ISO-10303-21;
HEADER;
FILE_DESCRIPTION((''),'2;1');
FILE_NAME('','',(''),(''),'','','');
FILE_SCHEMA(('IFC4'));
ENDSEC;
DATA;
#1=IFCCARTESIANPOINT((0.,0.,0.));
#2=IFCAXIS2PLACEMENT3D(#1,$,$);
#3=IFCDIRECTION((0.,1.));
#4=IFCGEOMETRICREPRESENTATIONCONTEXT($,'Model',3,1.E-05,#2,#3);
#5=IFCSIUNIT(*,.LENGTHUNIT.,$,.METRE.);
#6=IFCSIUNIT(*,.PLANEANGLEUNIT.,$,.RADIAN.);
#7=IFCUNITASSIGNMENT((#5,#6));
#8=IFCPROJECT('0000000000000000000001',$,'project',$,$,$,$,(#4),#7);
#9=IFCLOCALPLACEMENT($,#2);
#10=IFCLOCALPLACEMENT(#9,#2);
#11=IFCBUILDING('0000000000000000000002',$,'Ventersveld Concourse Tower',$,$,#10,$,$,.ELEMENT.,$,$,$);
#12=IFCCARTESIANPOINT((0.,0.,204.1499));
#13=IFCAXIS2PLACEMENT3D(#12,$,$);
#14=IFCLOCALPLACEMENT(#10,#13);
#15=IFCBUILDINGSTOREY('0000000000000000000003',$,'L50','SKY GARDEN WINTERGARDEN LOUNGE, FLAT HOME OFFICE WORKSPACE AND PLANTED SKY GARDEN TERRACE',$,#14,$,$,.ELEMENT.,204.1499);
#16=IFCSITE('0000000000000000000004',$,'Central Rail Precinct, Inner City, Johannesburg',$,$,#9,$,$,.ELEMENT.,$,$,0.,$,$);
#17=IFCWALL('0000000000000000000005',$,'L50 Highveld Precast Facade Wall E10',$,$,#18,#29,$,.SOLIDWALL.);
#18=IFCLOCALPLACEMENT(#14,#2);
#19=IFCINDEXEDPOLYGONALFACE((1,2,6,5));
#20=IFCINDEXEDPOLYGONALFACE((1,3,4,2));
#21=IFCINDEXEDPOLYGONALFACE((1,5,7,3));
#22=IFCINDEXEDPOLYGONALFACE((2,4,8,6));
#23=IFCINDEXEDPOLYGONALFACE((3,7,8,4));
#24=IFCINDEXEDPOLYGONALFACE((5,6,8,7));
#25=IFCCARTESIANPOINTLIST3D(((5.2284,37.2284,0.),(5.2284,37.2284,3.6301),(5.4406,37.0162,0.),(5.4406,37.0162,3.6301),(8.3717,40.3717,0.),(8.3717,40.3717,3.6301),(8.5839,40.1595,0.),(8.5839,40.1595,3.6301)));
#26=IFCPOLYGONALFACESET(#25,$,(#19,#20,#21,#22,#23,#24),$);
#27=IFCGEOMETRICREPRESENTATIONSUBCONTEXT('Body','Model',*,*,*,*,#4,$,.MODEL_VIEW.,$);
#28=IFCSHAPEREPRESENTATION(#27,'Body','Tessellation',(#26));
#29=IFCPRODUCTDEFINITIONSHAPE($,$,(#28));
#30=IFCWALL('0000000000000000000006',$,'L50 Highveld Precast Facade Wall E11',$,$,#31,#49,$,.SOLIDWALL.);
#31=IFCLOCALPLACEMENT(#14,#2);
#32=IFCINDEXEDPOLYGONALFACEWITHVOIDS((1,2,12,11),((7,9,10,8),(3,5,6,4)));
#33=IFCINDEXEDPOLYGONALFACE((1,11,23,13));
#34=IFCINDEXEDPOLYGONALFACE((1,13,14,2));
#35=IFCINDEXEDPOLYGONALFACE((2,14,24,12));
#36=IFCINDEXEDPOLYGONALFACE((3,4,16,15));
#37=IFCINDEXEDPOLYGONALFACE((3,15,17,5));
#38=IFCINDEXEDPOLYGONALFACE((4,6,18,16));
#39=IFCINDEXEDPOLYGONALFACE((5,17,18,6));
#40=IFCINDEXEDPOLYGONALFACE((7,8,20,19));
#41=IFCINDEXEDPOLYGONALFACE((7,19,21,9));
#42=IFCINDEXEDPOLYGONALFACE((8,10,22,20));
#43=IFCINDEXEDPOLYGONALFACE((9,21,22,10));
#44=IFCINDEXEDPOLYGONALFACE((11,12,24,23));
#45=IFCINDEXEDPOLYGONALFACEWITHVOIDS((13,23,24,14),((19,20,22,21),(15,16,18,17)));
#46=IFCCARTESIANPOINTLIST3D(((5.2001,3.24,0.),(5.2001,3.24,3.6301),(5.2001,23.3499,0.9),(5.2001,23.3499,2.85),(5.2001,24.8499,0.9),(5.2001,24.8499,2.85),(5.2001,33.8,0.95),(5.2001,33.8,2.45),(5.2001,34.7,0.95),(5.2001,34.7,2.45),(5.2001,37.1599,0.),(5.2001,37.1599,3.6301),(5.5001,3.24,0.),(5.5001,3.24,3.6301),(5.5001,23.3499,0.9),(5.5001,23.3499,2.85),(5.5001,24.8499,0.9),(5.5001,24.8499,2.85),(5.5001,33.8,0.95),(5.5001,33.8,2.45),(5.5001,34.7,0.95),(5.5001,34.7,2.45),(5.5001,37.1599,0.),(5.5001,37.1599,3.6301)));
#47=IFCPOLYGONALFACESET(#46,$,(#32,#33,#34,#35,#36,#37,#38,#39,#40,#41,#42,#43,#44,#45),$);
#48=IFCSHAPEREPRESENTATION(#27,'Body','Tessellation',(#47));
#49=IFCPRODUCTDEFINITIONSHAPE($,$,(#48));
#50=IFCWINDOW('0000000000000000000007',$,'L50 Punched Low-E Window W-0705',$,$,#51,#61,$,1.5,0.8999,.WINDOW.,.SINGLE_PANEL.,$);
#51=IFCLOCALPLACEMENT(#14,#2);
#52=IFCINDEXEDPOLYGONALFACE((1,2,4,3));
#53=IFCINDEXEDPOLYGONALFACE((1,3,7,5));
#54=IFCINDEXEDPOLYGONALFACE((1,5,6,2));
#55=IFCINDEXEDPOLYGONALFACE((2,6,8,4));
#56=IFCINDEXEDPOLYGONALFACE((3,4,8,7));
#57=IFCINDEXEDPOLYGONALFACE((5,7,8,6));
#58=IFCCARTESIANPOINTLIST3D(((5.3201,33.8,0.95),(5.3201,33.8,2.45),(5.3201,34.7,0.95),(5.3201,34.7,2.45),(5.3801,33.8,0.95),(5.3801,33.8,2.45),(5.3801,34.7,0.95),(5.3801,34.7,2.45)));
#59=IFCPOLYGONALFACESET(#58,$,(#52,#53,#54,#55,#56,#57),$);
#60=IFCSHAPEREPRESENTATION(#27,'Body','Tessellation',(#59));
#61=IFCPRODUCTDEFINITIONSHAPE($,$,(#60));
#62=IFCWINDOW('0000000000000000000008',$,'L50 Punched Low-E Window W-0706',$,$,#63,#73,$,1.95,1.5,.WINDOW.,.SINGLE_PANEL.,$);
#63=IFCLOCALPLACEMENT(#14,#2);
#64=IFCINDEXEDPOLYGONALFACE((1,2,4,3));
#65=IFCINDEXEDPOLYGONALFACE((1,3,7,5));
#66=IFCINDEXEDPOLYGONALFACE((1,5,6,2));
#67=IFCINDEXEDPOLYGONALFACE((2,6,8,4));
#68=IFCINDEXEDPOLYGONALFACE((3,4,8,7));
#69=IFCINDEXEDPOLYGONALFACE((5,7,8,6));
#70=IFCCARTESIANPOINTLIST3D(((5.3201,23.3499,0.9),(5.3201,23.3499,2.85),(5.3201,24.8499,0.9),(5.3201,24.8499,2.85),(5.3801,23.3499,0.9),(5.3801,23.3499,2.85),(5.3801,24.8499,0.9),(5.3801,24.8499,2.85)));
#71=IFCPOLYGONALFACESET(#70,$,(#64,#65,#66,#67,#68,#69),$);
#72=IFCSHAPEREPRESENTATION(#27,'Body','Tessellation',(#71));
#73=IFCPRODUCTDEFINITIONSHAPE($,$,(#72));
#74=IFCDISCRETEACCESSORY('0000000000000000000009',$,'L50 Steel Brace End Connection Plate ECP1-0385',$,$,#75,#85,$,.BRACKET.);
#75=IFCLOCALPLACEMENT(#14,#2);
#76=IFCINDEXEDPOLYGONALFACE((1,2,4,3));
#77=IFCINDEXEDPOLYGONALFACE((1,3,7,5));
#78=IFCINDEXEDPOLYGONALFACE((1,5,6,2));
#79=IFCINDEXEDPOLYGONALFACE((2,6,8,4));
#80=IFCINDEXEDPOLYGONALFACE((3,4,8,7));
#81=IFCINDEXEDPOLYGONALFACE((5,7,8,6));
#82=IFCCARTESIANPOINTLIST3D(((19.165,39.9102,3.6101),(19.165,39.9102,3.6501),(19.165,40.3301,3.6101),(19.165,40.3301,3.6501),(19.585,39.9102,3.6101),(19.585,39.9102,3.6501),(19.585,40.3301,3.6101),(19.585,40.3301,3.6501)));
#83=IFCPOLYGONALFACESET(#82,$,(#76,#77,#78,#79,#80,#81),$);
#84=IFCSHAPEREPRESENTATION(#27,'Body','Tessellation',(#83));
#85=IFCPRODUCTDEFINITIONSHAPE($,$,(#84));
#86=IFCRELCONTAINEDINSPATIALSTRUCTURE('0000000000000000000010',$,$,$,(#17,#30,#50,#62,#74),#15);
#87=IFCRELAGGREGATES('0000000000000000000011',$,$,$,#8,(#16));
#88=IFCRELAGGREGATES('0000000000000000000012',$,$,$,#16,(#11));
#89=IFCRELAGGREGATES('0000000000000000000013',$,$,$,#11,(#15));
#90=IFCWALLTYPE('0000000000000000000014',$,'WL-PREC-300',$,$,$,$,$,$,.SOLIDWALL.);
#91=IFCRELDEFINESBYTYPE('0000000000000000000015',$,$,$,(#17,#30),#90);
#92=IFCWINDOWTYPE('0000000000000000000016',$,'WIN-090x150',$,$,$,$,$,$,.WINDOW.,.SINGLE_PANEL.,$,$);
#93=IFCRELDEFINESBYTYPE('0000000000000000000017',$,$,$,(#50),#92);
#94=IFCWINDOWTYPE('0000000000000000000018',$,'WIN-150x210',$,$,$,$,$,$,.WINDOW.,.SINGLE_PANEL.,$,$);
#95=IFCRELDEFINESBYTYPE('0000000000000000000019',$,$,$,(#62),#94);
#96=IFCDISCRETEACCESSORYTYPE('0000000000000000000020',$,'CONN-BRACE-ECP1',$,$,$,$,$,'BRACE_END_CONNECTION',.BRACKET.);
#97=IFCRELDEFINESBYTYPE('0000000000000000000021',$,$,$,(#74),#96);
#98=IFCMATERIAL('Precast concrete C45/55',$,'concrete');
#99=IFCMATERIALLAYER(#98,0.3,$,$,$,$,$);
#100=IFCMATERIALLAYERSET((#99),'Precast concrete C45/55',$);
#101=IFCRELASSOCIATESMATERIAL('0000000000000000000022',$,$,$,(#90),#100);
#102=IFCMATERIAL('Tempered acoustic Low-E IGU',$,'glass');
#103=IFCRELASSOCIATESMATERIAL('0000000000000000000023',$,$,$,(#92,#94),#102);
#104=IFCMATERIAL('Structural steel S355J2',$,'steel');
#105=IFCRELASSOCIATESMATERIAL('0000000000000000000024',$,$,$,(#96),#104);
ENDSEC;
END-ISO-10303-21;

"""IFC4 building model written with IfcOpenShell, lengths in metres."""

from ifc_helpers import new_model, si_unit, direction, frame, frame_2d, origin, origin_2d, place, context, subcontext, project, spatial, rectangle, extrude, material, layer, layer_set, type_object, element, fill, save


model = new_model("IFC4")

# Units and contexts
model_context = context("Model", 3, precision=1e-05, world=origin(), true_north=direction((0.0, 1.0)))
body_context = subcontext(model_context, "Body", "Model", "MODEL_VIEW")
ifc_project = project(units=[si_unit("LENGTHUNIT", "METRE"), si_unit("PLANEANGLEUNIT", "RADIAN")], contexts=[model_context])

# Site, building, storey
site_placement = place(None, origin())
site = spatial("IfcSite", under=ifc_project, at=site_placement, Name="Central Rail Precinct, Inner City, Johannesburg", CompositionType="ELEMENT", RefElevation=0.0)
building_placement = place(site_placement, origin())
building = spatial("IfcBuilding", under=site, at=building_placement, Name="Ventersveld Concourse Tower", CompositionType="ELEMENT")
storey_placement = place(building_placement, frame((0.0, 0.0, 204.1499)))
storey = spatial("IfcBuildingStorey", under=building, at=storey_placement, Name="L50", Description="SKY GARDEN WINTERGARDEN LOUNGE, FLAT HOME OFFICE WORKSPACE AND PLANTED SKY GARDEN TERRACE", CompositionType="ELEMENT", Elevation=204.1499)

# Shared definitions
ifc_material_1 = material(Name="Structural steel S355J2", Category="steel")

# Wall
ifc_material_2 = material(Name="Precast concrete C45/55", Category="concrete")
ifc_layer_1 = layer(ifc_material_2, 0.3)
ifc_layer_set_1 = layer_set([ifc_layer_1], Name="Precast concrete C45/55")
wall_type_1 = type_object("IfcWallType", Name="WL-PREC-300", PredefinedType="SOLIDWALL", material=ifc_layer_set_1)
wall_1_placement = place(storey_placement, frame((8.4778, 40.2656, 0.0), z_axis=(0.0, 0.0, 1.0), x_axis=(-0.707107, -0.707107, 0.0)))
element("IfcWall", 1, at=wall_1_placement, inside=storey, type_object=wall_type_1, Name="L50 Highveld Precast Facade Wall E10", PredefinedType="SOLIDWALL", context=body_context, shape_type="SweptSolid", body=[
    extrude(rectangle(XDim=4.4453, YDim=0.3, at=frame_2d((2.2227, 0.0))), origin(), (0.0, 0.0, 1.0), 3.6301),
])

# Wall, openings, windows
wall_2_placement = place(storey_placement, frame((5.3501, 37.1599, 0.0), z_axis=(0.0, 0.0, 1.0), x_axis=(0.0, -1.0, 0.0)))
wall_2 = element("IfcWall", 2, at=wall_2_placement, inside=storey, type_object=wall_type_1, Name="L50 Highveld Precast Facade Wall E11", PredefinedType="SOLIDWALL", context=body_context, shape_type="SweptSolid", body=[
    extrude(rectangle(XDim=33.9199, YDim=0.3, at=frame_2d((16.96, 0.0))), origin(), (0.0, 0.0, 1.0), 3.6301),
])
opening_1_placement = place(wall_2_placement, frame((2.46, 0.0, 0.95)))
opening_1 = element("IfcOpeningElement", 3, at=opening_1_placement, cuts=wall_2, PredefinedType="OPENING", context=body_context, shape_type="SweptSolid", body=[
    extrude(rectangle(XDim=0.8999, YDim=1.5, at=frame_2d((0.45, 0.75))), frame((0.0, 0.1602, 0.0), z_axis=(0.0, -1.0, 0.0), x_axis=(1.0, 0.0, 0.0)), (0.0, 0.0, 1.0), 0.3201),
])
opening_2_placement = place(wall_2_placement, frame((12.3101, 0.0, 0.8999)))
opening_2 = element("IfcOpeningElement", 4, at=opening_2_placement, cuts=wall_2, PredefinedType="OPENING", context=body_context, shape_type="SweptSolid", body=[
    extrude(rectangle(XDim=1.5, YDim=1.95, at=frame_2d((0.75, 0.9751))), frame((0.0, 0.1602, 0.0), z_axis=(0.0, -1.0, 0.0), x_axis=(1.0, 0.0, 0.0)), (0.0, 0.0, 1.0), 0.3201),
])
ifc_material_3 = material(Name="Tempered acoustic Low-E IGU", Category="glass")
window_type_1 = type_object("IfcWindowType", Name="WIN-090x150", PartitioningType="SINGLE_PANEL", PredefinedType="WINDOW", material=ifc_material_3)
window_1_placement = place(opening_1_placement, origin())
window_1 = element("IfcWindow", 5, at=window_1_placement, inside=storey, type_object=window_type_1, Name="L50 Punched Low-E Window W-0705", OverallHeight=1.5, OverallWidth=0.8999, PartitioningType="SINGLE_PANEL", PredefinedType="WINDOW", context=body_context, shape_type="SweptSolid", body=[
    extrude(rectangle(XDim=0.8999, YDim=1.5, at=frame_2d((0.45, 0.75))), frame((0.0, 0.03, 0.0), z_axis=(0.0, -1.0, 0.0), x_axis=(1.0, 0.0, 0.0)), (0.0, 0.0, 1.0), 0.0601),
])
fill(opening_1, window_1)
window_type_2 = type_object("IfcWindowType", Name="WIN-150x210", PartitioningType="SINGLE_PANEL", PredefinedType="WINDOW", material=ifc_material_3)
window_2_placement = place(opening_2_placement, origin())
window_2 = element("IfcWindow", 6, at=window_2_placement, inside=storey, type_object=window_type_2, Name="L50 Punched Low-E Window W-0706", OverallHeight=1.95, OverallWidth=1.5, PartitioningType="SINGLE_PANEL", PredefinedType="WINDOW", context=body_context, shape_type="SweptSolid", body=[
    extrude(rectangle(XDim=1.5, YDim=1.95, at=frame_2d((0.75, 0.9751))), frame((0.0, 0.03, 0.0), z_axis=(0.0, -1.0, 0.0), x_axis=(1.0, 0.0, 0.0)), (0.0, 0.0, 1.0), 0.0601),
])
fill(opening_2, window_2)

# Discrete accessory
discrete_accessory_type = type_object("IfcDiscreteAccessoryType", Name="CONN-BRACE-ECP1", ElementType="BRACE_END_CONNECTION", PredefinedType="BRACKET", material=ifc_material_1)
discrete_accessory_placement = place(storey_placement, frame((19.375, 40.1201, 3.6101), z_axis=(0.0, 0.0, 1.0), x_axis=(1.0, 0.0, 0.0)))
element("IfcDiscreteAccessory", 7, at=discrete_accessory_placement, inside=storey, type_object=discrete_accessory_type, Name="L50 Steel Brace End Connection Plate ECP1-0385", PredefinedType="BRACKET", context=body_context, shape_type="SweptSolid", body=[
    extrude(rectangle(XDim=0.4199, YDim=0.4199, at=origin_2d()), origin(), (0.0, 0.0, 1.0), 0.04),
])

save(model, "model.ifc")
